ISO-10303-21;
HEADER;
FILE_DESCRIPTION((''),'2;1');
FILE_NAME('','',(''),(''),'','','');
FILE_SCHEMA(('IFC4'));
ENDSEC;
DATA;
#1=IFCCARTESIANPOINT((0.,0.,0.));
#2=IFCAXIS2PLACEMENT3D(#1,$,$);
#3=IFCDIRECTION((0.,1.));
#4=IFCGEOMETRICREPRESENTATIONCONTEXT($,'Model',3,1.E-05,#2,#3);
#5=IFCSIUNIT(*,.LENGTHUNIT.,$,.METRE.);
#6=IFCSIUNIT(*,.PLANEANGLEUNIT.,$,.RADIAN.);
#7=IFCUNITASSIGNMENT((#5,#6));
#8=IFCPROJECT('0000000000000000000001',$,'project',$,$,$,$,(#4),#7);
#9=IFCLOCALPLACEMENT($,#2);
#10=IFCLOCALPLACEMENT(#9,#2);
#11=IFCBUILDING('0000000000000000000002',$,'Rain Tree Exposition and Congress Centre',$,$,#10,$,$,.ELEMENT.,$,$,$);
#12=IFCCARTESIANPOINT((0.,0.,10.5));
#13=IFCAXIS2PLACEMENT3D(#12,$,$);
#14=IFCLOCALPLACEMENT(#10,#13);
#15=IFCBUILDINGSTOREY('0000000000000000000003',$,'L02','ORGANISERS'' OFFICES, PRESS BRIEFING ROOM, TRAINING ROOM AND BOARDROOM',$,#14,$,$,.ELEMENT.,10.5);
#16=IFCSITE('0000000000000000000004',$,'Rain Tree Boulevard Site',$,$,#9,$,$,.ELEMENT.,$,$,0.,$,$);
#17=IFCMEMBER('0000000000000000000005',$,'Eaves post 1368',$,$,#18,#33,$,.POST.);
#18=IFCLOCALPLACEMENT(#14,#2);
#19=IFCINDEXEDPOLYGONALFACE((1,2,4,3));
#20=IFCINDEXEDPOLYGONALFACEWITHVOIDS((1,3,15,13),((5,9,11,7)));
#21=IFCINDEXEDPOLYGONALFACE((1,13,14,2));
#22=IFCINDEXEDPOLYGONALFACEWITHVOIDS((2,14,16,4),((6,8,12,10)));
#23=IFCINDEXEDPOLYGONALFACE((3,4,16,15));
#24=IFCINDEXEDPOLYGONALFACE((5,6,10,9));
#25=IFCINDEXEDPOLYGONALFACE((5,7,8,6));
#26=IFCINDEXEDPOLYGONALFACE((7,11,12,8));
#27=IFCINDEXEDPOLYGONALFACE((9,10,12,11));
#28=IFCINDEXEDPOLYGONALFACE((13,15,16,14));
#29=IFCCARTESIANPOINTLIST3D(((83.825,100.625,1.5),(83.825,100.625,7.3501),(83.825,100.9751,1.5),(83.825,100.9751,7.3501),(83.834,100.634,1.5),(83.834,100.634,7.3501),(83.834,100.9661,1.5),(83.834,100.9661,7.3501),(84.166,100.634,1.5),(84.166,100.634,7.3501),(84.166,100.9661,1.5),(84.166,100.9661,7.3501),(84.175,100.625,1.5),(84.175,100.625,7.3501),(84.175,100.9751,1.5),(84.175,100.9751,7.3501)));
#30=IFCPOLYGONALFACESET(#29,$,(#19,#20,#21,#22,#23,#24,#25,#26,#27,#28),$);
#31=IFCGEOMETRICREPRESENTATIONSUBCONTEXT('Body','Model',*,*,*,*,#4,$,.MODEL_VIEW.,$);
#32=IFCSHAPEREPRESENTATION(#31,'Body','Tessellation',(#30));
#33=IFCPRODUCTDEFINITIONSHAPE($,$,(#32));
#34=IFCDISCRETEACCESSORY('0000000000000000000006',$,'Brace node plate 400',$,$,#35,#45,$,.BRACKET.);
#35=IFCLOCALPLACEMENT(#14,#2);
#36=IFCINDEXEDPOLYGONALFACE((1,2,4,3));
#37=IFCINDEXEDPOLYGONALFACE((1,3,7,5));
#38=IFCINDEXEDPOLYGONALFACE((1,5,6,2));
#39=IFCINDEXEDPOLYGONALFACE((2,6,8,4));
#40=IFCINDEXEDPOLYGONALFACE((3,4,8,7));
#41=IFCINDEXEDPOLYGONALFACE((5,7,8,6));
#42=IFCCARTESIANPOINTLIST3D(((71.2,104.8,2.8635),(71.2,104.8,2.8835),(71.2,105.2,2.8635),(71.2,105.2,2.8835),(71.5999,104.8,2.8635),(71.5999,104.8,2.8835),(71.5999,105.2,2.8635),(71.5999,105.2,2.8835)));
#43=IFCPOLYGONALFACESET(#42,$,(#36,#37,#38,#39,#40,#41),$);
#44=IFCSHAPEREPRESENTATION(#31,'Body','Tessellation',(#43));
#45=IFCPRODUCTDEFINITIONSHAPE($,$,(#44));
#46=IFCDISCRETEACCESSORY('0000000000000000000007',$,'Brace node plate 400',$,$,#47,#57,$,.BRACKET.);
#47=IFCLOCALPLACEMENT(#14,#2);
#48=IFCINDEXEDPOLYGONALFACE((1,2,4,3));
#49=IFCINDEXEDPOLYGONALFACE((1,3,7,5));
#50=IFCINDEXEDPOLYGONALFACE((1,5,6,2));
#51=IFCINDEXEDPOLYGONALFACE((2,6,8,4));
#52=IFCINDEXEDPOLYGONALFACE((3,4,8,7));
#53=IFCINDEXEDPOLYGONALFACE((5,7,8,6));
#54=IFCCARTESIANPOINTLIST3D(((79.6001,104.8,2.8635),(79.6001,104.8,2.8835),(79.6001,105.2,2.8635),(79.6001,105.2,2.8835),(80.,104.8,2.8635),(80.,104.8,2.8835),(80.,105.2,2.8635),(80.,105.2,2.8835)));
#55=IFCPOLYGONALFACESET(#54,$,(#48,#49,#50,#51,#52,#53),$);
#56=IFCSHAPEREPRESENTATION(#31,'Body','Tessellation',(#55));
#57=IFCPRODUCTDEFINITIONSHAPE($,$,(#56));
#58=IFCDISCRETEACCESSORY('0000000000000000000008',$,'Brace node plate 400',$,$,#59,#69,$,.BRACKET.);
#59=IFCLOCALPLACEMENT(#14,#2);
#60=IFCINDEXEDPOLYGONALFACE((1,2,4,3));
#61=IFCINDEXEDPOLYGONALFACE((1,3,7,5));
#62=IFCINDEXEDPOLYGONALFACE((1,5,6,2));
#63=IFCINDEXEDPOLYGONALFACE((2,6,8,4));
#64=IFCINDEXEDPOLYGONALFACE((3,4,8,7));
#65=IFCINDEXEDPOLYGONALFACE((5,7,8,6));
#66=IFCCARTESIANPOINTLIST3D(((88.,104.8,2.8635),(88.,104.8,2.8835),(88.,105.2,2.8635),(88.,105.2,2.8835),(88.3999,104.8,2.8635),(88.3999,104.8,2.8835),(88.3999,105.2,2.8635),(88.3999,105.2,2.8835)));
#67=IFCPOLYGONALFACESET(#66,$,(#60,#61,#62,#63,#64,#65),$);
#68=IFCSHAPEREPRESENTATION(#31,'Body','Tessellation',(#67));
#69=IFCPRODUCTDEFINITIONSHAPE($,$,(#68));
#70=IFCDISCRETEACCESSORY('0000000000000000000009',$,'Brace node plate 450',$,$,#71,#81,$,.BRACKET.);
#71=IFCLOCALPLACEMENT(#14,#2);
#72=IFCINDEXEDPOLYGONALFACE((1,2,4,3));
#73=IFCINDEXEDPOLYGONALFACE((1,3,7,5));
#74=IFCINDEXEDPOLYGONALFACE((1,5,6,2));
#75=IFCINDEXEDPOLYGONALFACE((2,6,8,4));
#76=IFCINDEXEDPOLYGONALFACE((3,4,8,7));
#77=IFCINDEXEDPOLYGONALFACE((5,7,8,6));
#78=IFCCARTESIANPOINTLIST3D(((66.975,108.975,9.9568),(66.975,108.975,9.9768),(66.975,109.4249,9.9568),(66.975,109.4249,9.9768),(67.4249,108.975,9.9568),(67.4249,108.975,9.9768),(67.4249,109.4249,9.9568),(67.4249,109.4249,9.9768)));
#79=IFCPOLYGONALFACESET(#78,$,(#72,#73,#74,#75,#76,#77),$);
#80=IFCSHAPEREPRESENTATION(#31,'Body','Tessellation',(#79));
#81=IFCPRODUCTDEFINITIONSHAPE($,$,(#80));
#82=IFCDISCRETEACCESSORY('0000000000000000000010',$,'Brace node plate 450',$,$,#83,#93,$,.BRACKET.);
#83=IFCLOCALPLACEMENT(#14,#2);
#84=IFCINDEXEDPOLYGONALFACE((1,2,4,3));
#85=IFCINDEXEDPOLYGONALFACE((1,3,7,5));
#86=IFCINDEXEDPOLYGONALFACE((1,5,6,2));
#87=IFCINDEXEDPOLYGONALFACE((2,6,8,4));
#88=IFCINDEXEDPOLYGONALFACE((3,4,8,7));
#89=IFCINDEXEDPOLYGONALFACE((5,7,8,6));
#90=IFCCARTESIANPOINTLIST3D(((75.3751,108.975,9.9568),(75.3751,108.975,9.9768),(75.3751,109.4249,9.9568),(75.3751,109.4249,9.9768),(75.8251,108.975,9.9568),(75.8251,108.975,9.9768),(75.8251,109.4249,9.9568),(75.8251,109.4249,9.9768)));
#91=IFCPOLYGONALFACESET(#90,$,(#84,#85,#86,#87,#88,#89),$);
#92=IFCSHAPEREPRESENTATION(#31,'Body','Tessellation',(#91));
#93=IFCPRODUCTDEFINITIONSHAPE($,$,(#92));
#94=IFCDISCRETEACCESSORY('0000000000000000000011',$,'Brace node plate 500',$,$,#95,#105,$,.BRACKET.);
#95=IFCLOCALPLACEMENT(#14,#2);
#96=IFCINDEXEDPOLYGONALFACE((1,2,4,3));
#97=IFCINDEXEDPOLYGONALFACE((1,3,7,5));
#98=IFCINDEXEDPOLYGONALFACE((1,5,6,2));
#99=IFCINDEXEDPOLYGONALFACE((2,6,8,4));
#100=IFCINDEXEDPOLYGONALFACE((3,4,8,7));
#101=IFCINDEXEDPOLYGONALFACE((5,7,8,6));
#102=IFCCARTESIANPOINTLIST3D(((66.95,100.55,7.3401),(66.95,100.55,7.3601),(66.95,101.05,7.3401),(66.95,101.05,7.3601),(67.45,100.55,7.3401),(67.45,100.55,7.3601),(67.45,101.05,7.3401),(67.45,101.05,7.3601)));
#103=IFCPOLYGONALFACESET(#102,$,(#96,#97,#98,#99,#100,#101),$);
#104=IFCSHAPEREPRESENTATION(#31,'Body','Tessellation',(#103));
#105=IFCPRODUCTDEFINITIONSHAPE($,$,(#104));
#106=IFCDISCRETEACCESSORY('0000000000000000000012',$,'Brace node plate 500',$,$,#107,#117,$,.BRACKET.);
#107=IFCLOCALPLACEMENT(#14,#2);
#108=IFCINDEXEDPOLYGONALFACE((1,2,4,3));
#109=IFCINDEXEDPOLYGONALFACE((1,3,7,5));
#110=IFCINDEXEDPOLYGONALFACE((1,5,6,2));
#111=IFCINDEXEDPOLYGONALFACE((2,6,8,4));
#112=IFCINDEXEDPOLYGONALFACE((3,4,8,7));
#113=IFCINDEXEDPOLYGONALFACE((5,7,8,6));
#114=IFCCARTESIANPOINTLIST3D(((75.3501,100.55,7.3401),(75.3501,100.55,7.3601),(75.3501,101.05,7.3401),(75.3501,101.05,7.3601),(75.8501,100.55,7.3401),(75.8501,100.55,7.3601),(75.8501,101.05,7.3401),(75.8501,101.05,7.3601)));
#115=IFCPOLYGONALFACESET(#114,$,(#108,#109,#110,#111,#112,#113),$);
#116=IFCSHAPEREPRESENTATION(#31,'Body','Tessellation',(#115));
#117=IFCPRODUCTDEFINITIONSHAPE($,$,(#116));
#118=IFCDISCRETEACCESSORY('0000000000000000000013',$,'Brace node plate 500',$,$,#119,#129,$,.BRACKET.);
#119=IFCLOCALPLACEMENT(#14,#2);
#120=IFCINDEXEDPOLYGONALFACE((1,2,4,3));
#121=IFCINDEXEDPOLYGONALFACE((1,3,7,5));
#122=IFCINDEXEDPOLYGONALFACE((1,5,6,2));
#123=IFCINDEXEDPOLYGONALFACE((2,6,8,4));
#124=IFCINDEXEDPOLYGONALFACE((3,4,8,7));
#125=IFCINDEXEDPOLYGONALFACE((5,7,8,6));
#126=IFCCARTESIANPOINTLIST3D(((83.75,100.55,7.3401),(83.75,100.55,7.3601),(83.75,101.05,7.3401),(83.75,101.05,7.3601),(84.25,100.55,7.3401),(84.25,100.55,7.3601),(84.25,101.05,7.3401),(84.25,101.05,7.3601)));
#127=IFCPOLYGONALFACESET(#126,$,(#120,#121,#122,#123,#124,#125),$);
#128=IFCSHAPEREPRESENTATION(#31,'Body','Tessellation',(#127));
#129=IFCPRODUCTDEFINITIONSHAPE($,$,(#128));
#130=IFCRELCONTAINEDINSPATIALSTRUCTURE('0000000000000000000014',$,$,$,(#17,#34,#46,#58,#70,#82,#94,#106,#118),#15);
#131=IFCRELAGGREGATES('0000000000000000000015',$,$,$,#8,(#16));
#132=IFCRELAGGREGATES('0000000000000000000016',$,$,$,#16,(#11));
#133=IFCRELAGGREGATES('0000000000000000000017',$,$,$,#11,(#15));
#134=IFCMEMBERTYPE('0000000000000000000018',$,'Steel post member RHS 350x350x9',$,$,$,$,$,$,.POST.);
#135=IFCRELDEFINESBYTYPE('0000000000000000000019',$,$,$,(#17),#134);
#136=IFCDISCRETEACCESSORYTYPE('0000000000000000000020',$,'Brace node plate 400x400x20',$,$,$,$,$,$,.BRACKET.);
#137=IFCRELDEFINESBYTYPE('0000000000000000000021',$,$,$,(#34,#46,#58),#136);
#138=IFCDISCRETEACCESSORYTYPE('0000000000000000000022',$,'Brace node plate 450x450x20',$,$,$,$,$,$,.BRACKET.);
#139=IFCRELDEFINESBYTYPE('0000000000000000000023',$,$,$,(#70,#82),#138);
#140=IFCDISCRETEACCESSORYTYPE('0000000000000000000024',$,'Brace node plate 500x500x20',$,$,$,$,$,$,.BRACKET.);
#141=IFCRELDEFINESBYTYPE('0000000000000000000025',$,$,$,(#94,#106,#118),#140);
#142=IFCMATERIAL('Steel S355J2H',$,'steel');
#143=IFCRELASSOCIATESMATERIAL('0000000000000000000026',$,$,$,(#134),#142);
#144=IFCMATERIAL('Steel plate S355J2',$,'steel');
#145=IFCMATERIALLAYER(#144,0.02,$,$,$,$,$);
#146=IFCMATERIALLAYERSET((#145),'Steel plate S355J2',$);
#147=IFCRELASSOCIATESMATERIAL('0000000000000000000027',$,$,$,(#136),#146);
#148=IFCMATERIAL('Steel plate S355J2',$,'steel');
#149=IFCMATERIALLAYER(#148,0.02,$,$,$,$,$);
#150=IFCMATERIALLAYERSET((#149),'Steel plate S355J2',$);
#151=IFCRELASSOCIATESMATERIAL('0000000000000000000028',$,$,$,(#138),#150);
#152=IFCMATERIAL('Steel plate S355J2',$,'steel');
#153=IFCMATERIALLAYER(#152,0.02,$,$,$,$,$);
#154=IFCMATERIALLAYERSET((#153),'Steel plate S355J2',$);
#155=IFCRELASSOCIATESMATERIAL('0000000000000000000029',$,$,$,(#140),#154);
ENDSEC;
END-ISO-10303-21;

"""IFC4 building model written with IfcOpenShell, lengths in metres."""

from ifc_helpers import new_model, si_unit, direction, frame, origin, origin_2d, place, context, subcontext, project, spatial, rectangle, hollow_rectangle, extrude, material, layer, layer_set, material_profile, profile_set, type_object, element, save


model = new_model("IFC4")

# Units and contexts
model_context = context("Model", 3, precision=1e-05, world=origin(), true_north=direction((0.0, 1.0)))
body_context = subcontext(model_context, "Body", "Model", "MODEL_VIEW")
ifc_project = project(units=[si_unit("LENGTHUNIT", "METRE"), si_unit("PLANEANGLEUNIT", "RADIAN")], contexts=[model_context])

# Site, building, storey
site_placement = place(None, origin())
site = spatial("IfcSite", under=ifc_project, at=site_placement, Name="Rain Tree Boulevard Site", CompositionType="ELEMENT", RefElevation=0.0)
building_placement = place(site_placement, origin())
building = spatial("IfcBuilding", under=site, at=building_placement, Name="Rain Tree Exposition and Congress Centre", CompositionType="ELEMENT")
storey_placement = place(building_placement, frame((0.0, 0.0, 10.5)))
storey = spatial("IfcBuildingStorey", under=building, at=storey_placement, Name="L02", Description="ORGANISERS' OFFICES, PRESS BRIEFING ROOM, TRAINING ROOM AND BOARDROOM", CompositionType="ELEMENT", Elevation=10.5)

# Member
ifc_material_1 = material(Name="Steel S355J2H", Category="steel")
ifc_material_profile_1 = material_profile(ifc_material_1, hollow_rectangle(XDim=0.3501, YDim=0.3501, WallThickness=0.009, at=origin_2d()), Name="RHS 350x350x9")
ifc_profile_set_1 = profile_set([ifc_material_profile_1], Name="Steel S355J2H")
member_type_1 = type_object("IfcMemberType", Name="Steel post member RHS 350x350x9", PredefinedType="POST", material=ifc_profile_set_1)
for number, where, z_axis, x_axis, name in (
    (1, (84.0, 100.8, 1.5), (0.0, 0.0, 1.0), (1.0, 0.0, 0.0), "Eaves post 1368"),
):
    element("IfcMember", number, at=place(storey_placement, frame(where, z_axis=z_axis, x_axis=x_axis)), inside=storey, type_object=member_type_1, Name=name, PredefinedType="POST", context=body_context, shape_type="SweptSolid", body=[
        extrude(hollow_rectangle(XDim=0.3501, YDim=0.3501, WallThickness=0.009, at=origin_2d()), origin(), (0.0, 0.0, 1.0), 5.8501),
    ])

# Discrete accessories
ifc_material_2 = material(Name="Steel plate S355J2", Category="steel")
ifc_layer_1 = layer(ifc_material_2, 0.02)
ifc_layer_set_1 = layer_set([ifc_layer_1], Name="Steel plate S355J2")
discrete_accessory_type_1 = type_object("IfcDiscreteAccessoryType", Name="Brace node plate 400x400x20", PredefinedType="BRACKET", material=ifc_layer_set_1)
for number, where, z_axis, x_axis, name in (
    (2, (71.3999, 105.0, 2.8635), (0.0, 0.0, 1.0), (1.0, 0.0, 0.0), "Brace node plate 400"),
    (3, (79.8, 105.0, 2.8635), (0.0, 0.0, 1.0), (1.0, 0.0, 0.0), "Brace node plate 400"),
    (4, (88.2, 105.0, 2.8635), (0.0, 0.0, 1.0), (1.0, 0.0, 0.0), "Brace node plate 400"),
):
    element("IfcDiscreteAccessory", number, at=place(storey_placement, frame(where, z_axis=z_axis, x_axis=x_axis)), inside=storey, type_object=discrete_accessory_type_1, Name=name, PredefinedType="BRACKET", context=body_context, shape_type="SweptSolid", body=[
        extrude(rectangle(XDim=0.3999, YDim=0.3999, at=origin_2d()), origin(), (0.0, 0.0, 1.0), 0.02),
    ])
ifc_material_3 = material(Name="Steel plate S355J2", Category="steel")
ifc_layer_2 = layer(ifc_material_3, 0.02)
ifc_layer_set_2 = layer_set([ifc_layer_2], Name="Steel plate S355J2")
discrete_accessory_type_2 = type_object("IfcDiscreteAccessoryType", Name="Brace node plate 450x450x20", PredefinedType="BRACKET", material=ifc_layer_set_2)
for number, where, z_axis, x_axis, name in (
    (5, (67.2, 109.2, 9.9568), (0.0, 0.0, 1.0), (1.0, 0.0, 0.0), "Brace node plate 450"),
    (6, (75.6001, 109.2, 9.9568), (0.0, 0.0, 1.0), (1.0, 0.0, 0.0), "Brace node plate 450"),
):
    element("IfcDiscreteAccessory", number, at=place(storey_placement, frame(where, z_axis=z_axis, x_axis=x_axis)), inside=storey, type_object=discrete_accessory_type_2, Name=name, PredefinedType="BRACKET", context=body_context, shape_type="SweptSolid", body=[
        extrude(rectangle(XDim=0.45, YDim=0.45, at=origin_2d()), origin(), (0.0, 0.0, 1.0), 0.02),
    ])
ifc_material_4 = material(Name="Steel plate S355J2", Category="steel")
ifc_layer_3 = layer(ifc_material_4, 0.02)
ifc_layer_set_3 = layer_set([ifc_layer_3], Name="Steel plate S355J2")
discrete_accessory_type_3 = type_object("IfcDiscreteAccessoryType", Name="Brace node plate 500x500x20", PredefinedType="BRACKET", material=ifc_layer_set_3)
for number, where, z_axis, x_axis, name in (
    (7, (67.2, 100.8, 7.3401), (0.0, 0.0, 1.0), (1.0, 0.0, 0.0), "Brace node plate 500"),
    (8, (75.6001, 100.8, 7.3401), (0.0, 0.0, 1.0), (1.0, 0.0, 0.0), "Brace node plate 500"),
    (9, (84.0, 100.8, 7.3401), (0.0, 0.0, 1.0), (1.0, 0.0, 0.0), "Brace node plate 500"),
):
    element("IfcDiscreteAccessory", number, at=place(storey_placement, frame(where, z_axis=z_axis, x_axis=x_axis)), inside=storey, type_object=discrete_accessory_type_3, Name=name, PredefinedType="BRACKET", context=body_context, shape_type="SweptSolid", body=[
        extrude(rectangle(XDim=0.5, YDim=0.5, at=origin_2d()), origin(), (0.0, 0.0, 1.0), 0.02),
    ])

save(model, "model.ifc")
